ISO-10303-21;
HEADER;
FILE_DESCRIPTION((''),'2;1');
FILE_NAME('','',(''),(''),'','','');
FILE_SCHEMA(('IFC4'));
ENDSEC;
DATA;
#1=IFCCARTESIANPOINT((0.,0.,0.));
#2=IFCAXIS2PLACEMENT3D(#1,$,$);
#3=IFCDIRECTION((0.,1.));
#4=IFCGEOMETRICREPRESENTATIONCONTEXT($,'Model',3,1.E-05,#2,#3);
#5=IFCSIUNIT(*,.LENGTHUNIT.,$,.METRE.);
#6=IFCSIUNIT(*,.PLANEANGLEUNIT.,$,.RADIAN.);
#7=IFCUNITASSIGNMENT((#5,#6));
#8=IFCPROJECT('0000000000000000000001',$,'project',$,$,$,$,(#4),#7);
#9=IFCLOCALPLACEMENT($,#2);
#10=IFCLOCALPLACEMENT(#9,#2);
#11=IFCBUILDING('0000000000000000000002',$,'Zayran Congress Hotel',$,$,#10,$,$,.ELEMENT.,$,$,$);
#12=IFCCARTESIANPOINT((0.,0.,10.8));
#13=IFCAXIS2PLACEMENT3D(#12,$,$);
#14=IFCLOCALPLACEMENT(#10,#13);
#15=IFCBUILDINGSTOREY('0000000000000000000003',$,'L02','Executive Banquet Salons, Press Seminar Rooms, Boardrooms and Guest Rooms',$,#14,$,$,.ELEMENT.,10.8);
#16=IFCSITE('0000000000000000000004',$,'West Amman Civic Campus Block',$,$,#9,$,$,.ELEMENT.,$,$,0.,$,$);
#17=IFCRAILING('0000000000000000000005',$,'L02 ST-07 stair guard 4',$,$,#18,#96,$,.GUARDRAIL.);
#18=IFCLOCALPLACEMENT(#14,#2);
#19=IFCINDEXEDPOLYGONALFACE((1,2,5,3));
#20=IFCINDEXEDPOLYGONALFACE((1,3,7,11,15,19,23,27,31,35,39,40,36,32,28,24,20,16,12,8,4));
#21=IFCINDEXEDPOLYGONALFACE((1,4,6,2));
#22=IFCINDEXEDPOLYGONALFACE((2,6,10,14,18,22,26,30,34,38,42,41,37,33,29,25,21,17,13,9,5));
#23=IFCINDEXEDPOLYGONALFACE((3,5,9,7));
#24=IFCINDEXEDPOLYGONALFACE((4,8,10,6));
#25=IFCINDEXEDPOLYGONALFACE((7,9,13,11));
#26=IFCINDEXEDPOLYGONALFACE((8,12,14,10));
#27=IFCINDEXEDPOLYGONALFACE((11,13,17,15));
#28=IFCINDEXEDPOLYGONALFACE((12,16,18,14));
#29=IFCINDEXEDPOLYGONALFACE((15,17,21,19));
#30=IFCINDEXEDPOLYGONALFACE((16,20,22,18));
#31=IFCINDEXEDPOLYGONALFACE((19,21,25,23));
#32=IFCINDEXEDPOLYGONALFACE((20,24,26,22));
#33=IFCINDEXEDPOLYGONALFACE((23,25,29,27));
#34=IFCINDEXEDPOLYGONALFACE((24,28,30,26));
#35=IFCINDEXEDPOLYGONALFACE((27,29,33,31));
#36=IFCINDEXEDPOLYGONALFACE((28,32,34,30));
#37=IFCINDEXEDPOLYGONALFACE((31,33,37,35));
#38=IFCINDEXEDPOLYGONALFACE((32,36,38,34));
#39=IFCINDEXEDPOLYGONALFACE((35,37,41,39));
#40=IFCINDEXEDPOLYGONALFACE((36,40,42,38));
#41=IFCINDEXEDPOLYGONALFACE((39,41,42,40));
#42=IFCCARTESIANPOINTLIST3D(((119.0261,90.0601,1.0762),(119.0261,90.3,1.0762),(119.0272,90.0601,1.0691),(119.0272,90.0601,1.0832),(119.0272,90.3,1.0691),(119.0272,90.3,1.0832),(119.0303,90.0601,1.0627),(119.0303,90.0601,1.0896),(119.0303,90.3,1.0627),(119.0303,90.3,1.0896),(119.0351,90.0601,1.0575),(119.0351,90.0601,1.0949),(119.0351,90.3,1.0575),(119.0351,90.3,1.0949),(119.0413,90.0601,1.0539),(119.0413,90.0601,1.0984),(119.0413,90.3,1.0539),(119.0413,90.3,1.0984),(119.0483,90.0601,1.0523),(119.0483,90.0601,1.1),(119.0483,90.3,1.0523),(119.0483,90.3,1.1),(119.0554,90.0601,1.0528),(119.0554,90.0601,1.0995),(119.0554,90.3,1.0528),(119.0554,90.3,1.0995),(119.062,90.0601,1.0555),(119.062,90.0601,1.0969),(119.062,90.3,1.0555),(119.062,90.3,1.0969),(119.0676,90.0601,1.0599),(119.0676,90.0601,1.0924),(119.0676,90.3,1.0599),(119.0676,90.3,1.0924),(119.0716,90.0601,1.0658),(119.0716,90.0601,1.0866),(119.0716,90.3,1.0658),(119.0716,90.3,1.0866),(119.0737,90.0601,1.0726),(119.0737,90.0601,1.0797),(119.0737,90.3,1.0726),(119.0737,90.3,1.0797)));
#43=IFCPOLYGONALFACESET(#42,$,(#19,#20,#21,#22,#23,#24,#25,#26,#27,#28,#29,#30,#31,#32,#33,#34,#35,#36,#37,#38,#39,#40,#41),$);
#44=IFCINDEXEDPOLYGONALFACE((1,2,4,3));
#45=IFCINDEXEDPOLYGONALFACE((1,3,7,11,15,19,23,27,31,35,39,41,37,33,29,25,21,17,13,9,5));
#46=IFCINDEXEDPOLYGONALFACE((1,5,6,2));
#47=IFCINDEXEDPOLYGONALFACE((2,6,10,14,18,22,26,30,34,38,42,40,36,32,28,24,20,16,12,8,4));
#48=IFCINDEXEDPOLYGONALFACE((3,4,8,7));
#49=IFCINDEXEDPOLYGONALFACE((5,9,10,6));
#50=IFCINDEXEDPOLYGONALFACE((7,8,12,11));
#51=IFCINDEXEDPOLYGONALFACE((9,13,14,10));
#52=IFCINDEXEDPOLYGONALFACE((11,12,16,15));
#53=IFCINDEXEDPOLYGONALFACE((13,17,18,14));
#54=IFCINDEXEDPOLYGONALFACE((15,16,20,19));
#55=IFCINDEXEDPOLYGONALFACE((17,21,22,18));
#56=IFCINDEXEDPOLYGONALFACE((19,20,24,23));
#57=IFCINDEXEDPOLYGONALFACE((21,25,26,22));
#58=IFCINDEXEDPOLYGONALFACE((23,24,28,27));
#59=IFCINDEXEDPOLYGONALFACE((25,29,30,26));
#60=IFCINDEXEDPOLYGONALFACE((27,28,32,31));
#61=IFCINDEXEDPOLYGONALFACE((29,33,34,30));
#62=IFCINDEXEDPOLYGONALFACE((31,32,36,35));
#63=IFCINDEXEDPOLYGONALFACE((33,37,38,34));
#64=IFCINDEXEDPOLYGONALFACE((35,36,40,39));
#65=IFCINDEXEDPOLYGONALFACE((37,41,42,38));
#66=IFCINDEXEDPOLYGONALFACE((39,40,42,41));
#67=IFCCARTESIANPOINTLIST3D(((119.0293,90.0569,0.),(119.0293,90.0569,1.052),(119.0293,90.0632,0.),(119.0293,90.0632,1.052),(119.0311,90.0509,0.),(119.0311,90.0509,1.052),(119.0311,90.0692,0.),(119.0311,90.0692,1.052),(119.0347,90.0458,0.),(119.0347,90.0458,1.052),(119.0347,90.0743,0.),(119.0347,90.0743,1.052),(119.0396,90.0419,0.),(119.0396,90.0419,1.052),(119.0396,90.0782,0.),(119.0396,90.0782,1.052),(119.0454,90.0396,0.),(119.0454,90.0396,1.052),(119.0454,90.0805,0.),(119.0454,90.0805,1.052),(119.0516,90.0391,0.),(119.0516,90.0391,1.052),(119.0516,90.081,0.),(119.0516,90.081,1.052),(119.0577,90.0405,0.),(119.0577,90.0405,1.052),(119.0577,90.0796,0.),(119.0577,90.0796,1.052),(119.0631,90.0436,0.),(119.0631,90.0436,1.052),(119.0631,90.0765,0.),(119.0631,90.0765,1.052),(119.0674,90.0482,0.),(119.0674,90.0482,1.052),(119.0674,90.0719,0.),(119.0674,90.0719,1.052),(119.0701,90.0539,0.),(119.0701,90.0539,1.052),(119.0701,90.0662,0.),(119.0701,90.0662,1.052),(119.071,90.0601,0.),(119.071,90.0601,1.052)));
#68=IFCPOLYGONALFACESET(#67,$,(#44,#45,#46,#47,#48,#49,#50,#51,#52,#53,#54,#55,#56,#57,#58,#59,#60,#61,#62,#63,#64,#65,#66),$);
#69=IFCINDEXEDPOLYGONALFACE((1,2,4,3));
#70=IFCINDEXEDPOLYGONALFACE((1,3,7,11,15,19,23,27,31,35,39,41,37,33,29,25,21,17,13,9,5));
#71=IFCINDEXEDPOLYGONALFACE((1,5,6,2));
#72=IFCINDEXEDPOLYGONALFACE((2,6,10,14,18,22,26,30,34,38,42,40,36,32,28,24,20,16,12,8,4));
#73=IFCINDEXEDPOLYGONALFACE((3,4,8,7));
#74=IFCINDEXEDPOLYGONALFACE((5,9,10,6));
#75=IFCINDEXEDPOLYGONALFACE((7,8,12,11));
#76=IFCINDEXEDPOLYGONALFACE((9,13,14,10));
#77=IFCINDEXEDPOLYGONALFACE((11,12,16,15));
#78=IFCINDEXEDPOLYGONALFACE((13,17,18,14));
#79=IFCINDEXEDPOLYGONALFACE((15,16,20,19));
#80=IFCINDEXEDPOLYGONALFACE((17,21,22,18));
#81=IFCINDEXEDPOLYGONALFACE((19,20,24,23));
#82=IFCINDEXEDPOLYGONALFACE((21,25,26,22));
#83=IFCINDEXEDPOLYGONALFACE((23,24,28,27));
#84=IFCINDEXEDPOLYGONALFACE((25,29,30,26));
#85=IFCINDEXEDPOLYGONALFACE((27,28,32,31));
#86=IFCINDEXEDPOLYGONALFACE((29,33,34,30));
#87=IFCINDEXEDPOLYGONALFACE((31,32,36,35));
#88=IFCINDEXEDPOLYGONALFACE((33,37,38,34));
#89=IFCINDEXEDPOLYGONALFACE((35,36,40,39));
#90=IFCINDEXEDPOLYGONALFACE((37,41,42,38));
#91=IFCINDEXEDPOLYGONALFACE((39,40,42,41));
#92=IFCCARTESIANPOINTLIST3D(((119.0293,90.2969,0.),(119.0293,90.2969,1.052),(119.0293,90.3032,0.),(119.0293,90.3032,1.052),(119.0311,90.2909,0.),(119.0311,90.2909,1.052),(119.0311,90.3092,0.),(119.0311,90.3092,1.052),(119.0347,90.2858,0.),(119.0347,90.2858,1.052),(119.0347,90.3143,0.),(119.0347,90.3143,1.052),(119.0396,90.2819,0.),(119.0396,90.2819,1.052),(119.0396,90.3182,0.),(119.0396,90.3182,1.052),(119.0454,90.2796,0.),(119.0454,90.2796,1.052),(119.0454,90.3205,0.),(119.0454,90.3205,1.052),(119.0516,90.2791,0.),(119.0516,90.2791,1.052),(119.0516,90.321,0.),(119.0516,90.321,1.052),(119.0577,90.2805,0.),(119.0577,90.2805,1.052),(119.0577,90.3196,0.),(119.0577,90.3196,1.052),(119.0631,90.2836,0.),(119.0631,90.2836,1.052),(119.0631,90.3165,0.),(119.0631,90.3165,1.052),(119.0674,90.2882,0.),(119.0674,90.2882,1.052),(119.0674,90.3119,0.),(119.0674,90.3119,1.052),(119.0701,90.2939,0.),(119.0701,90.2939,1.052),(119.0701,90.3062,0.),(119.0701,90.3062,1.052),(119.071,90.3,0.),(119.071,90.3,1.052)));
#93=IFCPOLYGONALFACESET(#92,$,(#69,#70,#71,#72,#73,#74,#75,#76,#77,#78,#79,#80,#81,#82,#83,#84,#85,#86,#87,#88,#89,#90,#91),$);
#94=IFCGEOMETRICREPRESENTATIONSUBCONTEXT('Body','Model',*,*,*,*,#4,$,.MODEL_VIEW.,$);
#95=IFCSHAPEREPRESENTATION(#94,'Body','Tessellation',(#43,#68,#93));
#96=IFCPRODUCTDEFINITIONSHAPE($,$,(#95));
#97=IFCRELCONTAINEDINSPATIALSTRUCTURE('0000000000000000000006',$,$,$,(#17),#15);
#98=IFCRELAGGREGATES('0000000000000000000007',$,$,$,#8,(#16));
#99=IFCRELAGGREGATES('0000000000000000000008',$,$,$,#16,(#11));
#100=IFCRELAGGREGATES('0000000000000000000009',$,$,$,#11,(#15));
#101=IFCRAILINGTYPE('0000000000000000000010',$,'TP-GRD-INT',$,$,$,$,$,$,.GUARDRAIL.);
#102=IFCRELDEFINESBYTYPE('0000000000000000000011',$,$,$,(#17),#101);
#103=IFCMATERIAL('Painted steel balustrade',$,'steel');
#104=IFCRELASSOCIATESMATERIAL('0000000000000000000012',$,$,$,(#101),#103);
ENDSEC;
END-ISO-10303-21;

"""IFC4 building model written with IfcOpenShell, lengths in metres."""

from ifc_helpers import new_model, si_unit, direction, frame, origin, origin_2d, place, context, subcontext, project, spatial, circle, extrude, material, type_object, element, save


model = new_model("IFC4")

# Units and contexts
model_context = context("Model", 3, precision=1e-05, world=origin(), true_north=direction((0.0, 1.0)))
body_context = subcontext(model_context, "Body", "Model", "MODEL_VIEW")
ifc_project = project(units=[si_unit("LENGTHUNIT", "METRE"), si_unit("PLANEANGLEUNIT", "RADIAN")], contexts=[model_context])

# Site, building, storey
site_placement = place(None, origin())
site = spatial("IfcSite", under=ifc_project, at=site_placement, Name="West Amman Civic Campus Block", CompositionType="ELEMENT", RefElevation=0.0)
building_placement = place(site_placement, origin())
building = spatial("IfcBuilding", under=site, at=building_placement, Name="Zayran Congress Hotel", CompositionType="ELEMENT")
storey_placement = place(building_placement, frame((0.0, 0.0, 10.8)))
storey = spatial("IfcBuildingStorey", under=building, at=storey_placement, Name="L02", Description="Executive Banquet Salons, Press Seminar Rooms, Boardrooms and Guest Rooms", CompositionType="ELEMENT", Elevation=10.8)

# Railing
ifc_material_1 = material(Name="Painted steel balustrade", Category="steel")
railing_type_1 = type_object("IfcRailingType", Name="TP-GRD-INT", PredefinedType="GUARDRAIL", material=ifc_material_1)
railing_1_placement = place(storey_placement, frame((119.05, 90.0601, 0.0)))
element("IfcRailing", 1, at=railing_1_placement, inside=storey, type_object=railing_type_1, Name="L02 ST-07 stair guard 4", PredefinedType="GUARDRAIL", context=body_context, shape_type="SweptSolid", body=[
    extrude(circle(Radius=0.0239, at=origin_2d()), frame((0.0, 0.0, 1.0762), z_axis=(0.0, 1.0, 0.0), x_axis=(-1.0, 0.0, 0.0)), (0.0, 0.0, 1.0), 0.24),
    extrude(circle(Radius=0.021, at=origin_2d()), origin(), (0.0, 0.0, 1.0), 1.052),
    extrude(circle(Radius=0.021, at=origin_2d()), frame((0.0, 0.24, 0.0)), (0.0, 0.0, 1.0), 1.052),
])

save(model, "model.ifc")
